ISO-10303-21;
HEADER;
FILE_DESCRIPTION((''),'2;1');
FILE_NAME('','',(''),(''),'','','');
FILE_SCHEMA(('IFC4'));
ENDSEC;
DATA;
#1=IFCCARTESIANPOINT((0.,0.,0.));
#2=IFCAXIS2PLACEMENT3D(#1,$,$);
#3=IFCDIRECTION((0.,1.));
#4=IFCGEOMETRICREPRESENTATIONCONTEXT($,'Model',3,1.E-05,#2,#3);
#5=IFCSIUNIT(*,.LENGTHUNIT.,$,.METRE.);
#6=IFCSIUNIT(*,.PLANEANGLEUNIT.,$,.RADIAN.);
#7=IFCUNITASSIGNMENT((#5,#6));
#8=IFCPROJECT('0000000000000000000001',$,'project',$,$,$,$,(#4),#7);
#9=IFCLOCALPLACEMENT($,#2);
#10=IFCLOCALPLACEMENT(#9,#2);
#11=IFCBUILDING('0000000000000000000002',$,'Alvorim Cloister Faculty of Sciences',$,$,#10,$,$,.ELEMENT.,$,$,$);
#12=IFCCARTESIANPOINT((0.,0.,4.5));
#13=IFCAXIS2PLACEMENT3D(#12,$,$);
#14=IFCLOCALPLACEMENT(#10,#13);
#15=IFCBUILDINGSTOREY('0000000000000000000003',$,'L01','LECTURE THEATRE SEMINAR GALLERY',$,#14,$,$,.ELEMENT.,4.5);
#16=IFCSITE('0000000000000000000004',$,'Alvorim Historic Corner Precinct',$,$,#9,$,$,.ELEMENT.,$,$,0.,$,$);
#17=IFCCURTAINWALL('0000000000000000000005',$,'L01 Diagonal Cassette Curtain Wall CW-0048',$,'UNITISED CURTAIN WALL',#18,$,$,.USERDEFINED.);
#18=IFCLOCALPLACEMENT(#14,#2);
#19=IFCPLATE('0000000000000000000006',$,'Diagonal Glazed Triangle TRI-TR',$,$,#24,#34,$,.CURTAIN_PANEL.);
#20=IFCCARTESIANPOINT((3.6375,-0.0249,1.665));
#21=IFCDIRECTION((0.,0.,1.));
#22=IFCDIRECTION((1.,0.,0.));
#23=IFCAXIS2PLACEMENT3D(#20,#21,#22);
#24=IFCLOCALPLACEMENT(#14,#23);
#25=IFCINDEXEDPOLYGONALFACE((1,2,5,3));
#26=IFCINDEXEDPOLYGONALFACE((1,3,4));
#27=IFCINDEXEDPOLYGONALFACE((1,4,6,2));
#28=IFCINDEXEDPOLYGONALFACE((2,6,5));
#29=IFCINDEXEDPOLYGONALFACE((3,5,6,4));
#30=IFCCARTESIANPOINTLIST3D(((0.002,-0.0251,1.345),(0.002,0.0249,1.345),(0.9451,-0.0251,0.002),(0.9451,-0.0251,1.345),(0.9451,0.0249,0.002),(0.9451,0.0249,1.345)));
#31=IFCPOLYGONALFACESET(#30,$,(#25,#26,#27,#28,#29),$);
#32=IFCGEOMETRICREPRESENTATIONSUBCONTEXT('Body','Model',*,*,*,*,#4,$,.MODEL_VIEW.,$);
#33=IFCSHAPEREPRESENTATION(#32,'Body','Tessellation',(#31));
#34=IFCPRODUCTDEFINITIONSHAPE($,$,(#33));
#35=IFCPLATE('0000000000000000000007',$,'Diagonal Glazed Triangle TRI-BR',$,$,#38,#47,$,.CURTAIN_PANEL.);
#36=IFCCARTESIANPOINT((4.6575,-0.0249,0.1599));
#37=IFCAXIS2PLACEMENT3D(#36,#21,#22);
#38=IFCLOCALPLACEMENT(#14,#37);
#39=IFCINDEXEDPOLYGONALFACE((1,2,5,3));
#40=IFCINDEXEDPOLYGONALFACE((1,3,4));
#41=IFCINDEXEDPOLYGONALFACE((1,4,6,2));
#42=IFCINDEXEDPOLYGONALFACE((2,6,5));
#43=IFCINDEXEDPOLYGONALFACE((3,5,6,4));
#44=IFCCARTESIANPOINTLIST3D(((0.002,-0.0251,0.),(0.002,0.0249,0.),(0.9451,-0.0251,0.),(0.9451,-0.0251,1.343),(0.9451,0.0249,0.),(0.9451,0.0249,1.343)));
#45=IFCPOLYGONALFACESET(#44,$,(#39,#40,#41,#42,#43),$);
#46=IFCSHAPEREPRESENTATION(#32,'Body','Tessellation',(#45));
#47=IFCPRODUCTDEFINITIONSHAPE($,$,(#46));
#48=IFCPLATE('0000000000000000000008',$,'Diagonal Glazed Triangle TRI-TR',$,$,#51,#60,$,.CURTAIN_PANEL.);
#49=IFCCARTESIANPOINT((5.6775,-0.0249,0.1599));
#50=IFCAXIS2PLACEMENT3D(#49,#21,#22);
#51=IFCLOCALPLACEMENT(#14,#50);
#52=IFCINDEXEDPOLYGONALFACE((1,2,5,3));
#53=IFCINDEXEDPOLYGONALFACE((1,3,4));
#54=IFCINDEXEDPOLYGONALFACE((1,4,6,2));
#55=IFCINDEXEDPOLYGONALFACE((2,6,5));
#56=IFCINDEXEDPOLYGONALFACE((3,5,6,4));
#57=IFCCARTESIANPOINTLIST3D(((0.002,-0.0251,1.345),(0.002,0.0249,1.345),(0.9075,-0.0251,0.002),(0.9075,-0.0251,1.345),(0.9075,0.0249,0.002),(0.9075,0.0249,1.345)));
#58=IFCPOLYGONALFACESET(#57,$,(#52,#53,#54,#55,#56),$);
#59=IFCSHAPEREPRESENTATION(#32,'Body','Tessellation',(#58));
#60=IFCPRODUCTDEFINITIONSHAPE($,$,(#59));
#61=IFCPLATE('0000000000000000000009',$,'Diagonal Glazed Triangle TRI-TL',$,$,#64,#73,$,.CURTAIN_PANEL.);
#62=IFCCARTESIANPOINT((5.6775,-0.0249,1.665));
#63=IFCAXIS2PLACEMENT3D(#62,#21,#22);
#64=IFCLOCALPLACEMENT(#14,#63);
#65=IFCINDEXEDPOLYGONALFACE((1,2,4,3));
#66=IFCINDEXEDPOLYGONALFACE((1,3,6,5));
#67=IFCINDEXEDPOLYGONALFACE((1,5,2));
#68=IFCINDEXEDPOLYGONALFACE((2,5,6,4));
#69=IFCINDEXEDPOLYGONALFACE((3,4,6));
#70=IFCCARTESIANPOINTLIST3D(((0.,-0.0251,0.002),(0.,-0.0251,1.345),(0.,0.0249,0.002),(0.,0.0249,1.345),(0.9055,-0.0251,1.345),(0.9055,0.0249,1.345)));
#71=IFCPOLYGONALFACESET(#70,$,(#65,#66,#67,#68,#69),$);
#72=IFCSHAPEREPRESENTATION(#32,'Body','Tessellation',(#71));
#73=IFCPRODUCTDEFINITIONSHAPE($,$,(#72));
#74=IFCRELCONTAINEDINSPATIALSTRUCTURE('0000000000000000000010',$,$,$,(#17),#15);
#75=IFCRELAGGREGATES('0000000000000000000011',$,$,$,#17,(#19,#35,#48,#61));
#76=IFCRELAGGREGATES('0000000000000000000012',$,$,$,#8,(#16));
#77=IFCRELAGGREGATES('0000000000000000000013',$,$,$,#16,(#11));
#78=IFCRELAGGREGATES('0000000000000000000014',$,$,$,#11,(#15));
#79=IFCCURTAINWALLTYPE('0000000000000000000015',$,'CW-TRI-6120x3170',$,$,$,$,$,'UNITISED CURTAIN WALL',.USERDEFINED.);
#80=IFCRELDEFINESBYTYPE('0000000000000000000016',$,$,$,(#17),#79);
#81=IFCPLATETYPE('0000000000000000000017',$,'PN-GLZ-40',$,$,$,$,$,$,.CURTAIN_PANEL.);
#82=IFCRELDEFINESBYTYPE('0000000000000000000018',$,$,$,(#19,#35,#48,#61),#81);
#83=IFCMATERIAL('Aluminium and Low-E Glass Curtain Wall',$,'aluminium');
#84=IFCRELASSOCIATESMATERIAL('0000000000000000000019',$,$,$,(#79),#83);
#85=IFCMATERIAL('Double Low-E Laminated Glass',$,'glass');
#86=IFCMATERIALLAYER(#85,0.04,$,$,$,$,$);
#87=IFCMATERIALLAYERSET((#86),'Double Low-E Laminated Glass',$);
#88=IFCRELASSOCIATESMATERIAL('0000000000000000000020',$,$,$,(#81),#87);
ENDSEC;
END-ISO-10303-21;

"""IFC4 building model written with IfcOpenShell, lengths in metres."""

from ifc_helpers import new_model, si_unit, direction, frame, origin, place, context, subcontext, project, spatial, polyline, outline, extrude, material, layer, layer_set, type_object, element, aggregate, save


model = new_model("IFC4")

# Units and contexts
model_context = context("Model", 3, precision=1e-05, world=origin(), true_north=direction((0.0, 1.0)))
body_context = subcontext(model_context, "Body", "Model", "MODEL_VIEW")
ifc_project = project(units=[si_unit("LENGTHUNIT", "METRE"), si_unit("PLANEANGLEUNIT", "RADIAN")], contexts=[model_context])

# Site, building, storey
site_placement = place(None, origin())
site = spatial("IfcSite", under=ifc_project, at=site_placement, Name="Alvorim Historic Corner Precinct", CompositionType="ELEMENT", RefElevation=0.0)
building_placement = place(site_placement, origin())
building = spatial("IfcBuilding", under=site, at=building_placement, Name="Alvorim Cloister Faculty of Sciences", CompositionType="ELEMENT")
storey_placement = place(building_placement, frame((0.0, 0.0, 4.5)))
storey = spatial("IfcBuildingStorey", under=building, at=storey_placement, Name="L01", Description="LECTURE THEATRE SEMINAR GALLERY", CompositionType="ELEMENT", Elevation=4.5)

# Curtain wall, plates
ifc_material_1 = material(Name="Aluminium and Low-E Glass Curtain Wall", Category="aluminium")
curtain_wall_type = type_object("IfcCurtainWallType", Name="CW-TRI-6120x3170", ElementType="UNITISED CURTAIN WALL", PredefinedType="USERDEFINED", material=ifc_material_1)
curtain_wall_placement = place(storey_placement, origin())
curtain_wall = element("IfcCurtainWall", 1, at=curtain_wall_placement, inside=storey, type_object=curtain_wall_type, Name="L01 Diagonal Cassette Curtain Wall CW-0048", ObjectType="UNITISED CURTAIN WALL", PredefinedType="USERDEFINED")
ifc_material_2 = material(Name="Double Low-E Laminated Glass", Category="glass")
ifc_layer = layer(ifc_material_2, 0.04)
ifc_layer_set = layer_set([ifc_layer], Name="Double Low-E Laminated Glass")
plate_type = type_object("IfcPlateType", Name="PN-GLZ-40", PredefinedType="CURTAIN_PANEL", material=ifc_layer_set)
plate_1_placement = place(storey_placement, frame((3.6375, -0.0249, 1.665), z_axis=(0.0, 0.0, 1.0), x_axis=(1.0, 0.0, 0.0)))
plate_1 = element("IfcPlate", 2, at=plate_1_placement, type_object=plate_type, Name="Diagonal Glazed Triangle TRI-TR", PredefinedType="CURTAIN_PANEL", context=body_context, shape_type="SweptSolid", body=[
    extrude(outline(polyline([(0.9451, 0.002), (0.9451, 1.345), (0.002, 1.345), (0.9451, 0.002)])), frame((0.0, 0.0249, 0.0), z_axis=(0.0, -1.0, 0.0), x_axis=(1.0, 0.0, 0.0)), (0.0, 0.0, 1.0), 0.05),
])
plate_2_placement = place(storey_placement, frame((4.6575, -0.0249, 0.1599), z_axis=(0.0, 0.0, 1.0), x_axis=(1.0, 0.0, 0.0)))
plate_2 = element("IfcPlate", 3, at=plate_2_placement, type_object=plate_type, Name="Diagonal Glazed Triangle TRI-BR", PredefinedType="CURTAIN_PANEL", context=body_context, shape_type="SweptSolid", body=[
    extrude(outline(polyline([(0.002, 0.0), (0.9451, 0.0), (0.9451, 1.343), (0.002, 0.0)])), frame((0.0, 0.0249, 0.0), z_axis=(0.0, -1.0, 0.0), x_axis=(1.0, 0.0, 0.0)), (0.0, 0.0, 1.0), 0.05),
])
plate_3_placement = place(storey_placement, frame((5.6775, -0.0249, 0.1599), z_axis=(0.0, 0.0, 1.0), x_axis=(1.0, 0.0, 0.0)))
plate_3 = element("IfcPlate", 4, at=plate_3_placement, type_object=plate_type, Name="Diagonal Glazed Triangle TRI-TR", PredefinedType="CURTAIN_PANEL", context=body_context, shape_type="SweptSolid", body=[
    extrude(outline(polyline([(0.9075, 0.002), (0.9075, 1.345), (0.002, 1.345), (0.9075, 0.002)])), frame((0.0, 0.0249, 0.0), z_axis=(0.0, -1.0, 0.0), x_axis=(1.0, 0.0, 0.0)), (0.0, 0.0, 1.0), 0.05),
])
plate_4_placement = place(storey_placement, frame((5.6775, -0.0249, 1.665), z_axis=(0.0, 0.0, 1.0), x_axis=(1.0, 0.0, 0.0)))
plate_4 = element("IfcPlate", 5, at=plate_4_placement, type_object=plate_type, Name="Diagonal Glazed Triangle TRI-TL", PredefinedType="CURTAIN_PANEL", context=body_context, shape_type="SweptSolid", body=[
    extrude(outline(polyline([(0.9055, 1.345), (0.0, 1.345), (0.0, 0.002), (0.9055, 1.345)])), frame((0.0, 0.0249, 0.0), z_axis=(0.0, -1.0, 0.0), x_axis=(1.0, 0.0, 0.0)), (0.0, 0.0, 1.0), 0.05),
])
aggregate(curtain_wall, [plate_1, plate_2, plate_3, plate_4])

save(model, "model.ifc")
